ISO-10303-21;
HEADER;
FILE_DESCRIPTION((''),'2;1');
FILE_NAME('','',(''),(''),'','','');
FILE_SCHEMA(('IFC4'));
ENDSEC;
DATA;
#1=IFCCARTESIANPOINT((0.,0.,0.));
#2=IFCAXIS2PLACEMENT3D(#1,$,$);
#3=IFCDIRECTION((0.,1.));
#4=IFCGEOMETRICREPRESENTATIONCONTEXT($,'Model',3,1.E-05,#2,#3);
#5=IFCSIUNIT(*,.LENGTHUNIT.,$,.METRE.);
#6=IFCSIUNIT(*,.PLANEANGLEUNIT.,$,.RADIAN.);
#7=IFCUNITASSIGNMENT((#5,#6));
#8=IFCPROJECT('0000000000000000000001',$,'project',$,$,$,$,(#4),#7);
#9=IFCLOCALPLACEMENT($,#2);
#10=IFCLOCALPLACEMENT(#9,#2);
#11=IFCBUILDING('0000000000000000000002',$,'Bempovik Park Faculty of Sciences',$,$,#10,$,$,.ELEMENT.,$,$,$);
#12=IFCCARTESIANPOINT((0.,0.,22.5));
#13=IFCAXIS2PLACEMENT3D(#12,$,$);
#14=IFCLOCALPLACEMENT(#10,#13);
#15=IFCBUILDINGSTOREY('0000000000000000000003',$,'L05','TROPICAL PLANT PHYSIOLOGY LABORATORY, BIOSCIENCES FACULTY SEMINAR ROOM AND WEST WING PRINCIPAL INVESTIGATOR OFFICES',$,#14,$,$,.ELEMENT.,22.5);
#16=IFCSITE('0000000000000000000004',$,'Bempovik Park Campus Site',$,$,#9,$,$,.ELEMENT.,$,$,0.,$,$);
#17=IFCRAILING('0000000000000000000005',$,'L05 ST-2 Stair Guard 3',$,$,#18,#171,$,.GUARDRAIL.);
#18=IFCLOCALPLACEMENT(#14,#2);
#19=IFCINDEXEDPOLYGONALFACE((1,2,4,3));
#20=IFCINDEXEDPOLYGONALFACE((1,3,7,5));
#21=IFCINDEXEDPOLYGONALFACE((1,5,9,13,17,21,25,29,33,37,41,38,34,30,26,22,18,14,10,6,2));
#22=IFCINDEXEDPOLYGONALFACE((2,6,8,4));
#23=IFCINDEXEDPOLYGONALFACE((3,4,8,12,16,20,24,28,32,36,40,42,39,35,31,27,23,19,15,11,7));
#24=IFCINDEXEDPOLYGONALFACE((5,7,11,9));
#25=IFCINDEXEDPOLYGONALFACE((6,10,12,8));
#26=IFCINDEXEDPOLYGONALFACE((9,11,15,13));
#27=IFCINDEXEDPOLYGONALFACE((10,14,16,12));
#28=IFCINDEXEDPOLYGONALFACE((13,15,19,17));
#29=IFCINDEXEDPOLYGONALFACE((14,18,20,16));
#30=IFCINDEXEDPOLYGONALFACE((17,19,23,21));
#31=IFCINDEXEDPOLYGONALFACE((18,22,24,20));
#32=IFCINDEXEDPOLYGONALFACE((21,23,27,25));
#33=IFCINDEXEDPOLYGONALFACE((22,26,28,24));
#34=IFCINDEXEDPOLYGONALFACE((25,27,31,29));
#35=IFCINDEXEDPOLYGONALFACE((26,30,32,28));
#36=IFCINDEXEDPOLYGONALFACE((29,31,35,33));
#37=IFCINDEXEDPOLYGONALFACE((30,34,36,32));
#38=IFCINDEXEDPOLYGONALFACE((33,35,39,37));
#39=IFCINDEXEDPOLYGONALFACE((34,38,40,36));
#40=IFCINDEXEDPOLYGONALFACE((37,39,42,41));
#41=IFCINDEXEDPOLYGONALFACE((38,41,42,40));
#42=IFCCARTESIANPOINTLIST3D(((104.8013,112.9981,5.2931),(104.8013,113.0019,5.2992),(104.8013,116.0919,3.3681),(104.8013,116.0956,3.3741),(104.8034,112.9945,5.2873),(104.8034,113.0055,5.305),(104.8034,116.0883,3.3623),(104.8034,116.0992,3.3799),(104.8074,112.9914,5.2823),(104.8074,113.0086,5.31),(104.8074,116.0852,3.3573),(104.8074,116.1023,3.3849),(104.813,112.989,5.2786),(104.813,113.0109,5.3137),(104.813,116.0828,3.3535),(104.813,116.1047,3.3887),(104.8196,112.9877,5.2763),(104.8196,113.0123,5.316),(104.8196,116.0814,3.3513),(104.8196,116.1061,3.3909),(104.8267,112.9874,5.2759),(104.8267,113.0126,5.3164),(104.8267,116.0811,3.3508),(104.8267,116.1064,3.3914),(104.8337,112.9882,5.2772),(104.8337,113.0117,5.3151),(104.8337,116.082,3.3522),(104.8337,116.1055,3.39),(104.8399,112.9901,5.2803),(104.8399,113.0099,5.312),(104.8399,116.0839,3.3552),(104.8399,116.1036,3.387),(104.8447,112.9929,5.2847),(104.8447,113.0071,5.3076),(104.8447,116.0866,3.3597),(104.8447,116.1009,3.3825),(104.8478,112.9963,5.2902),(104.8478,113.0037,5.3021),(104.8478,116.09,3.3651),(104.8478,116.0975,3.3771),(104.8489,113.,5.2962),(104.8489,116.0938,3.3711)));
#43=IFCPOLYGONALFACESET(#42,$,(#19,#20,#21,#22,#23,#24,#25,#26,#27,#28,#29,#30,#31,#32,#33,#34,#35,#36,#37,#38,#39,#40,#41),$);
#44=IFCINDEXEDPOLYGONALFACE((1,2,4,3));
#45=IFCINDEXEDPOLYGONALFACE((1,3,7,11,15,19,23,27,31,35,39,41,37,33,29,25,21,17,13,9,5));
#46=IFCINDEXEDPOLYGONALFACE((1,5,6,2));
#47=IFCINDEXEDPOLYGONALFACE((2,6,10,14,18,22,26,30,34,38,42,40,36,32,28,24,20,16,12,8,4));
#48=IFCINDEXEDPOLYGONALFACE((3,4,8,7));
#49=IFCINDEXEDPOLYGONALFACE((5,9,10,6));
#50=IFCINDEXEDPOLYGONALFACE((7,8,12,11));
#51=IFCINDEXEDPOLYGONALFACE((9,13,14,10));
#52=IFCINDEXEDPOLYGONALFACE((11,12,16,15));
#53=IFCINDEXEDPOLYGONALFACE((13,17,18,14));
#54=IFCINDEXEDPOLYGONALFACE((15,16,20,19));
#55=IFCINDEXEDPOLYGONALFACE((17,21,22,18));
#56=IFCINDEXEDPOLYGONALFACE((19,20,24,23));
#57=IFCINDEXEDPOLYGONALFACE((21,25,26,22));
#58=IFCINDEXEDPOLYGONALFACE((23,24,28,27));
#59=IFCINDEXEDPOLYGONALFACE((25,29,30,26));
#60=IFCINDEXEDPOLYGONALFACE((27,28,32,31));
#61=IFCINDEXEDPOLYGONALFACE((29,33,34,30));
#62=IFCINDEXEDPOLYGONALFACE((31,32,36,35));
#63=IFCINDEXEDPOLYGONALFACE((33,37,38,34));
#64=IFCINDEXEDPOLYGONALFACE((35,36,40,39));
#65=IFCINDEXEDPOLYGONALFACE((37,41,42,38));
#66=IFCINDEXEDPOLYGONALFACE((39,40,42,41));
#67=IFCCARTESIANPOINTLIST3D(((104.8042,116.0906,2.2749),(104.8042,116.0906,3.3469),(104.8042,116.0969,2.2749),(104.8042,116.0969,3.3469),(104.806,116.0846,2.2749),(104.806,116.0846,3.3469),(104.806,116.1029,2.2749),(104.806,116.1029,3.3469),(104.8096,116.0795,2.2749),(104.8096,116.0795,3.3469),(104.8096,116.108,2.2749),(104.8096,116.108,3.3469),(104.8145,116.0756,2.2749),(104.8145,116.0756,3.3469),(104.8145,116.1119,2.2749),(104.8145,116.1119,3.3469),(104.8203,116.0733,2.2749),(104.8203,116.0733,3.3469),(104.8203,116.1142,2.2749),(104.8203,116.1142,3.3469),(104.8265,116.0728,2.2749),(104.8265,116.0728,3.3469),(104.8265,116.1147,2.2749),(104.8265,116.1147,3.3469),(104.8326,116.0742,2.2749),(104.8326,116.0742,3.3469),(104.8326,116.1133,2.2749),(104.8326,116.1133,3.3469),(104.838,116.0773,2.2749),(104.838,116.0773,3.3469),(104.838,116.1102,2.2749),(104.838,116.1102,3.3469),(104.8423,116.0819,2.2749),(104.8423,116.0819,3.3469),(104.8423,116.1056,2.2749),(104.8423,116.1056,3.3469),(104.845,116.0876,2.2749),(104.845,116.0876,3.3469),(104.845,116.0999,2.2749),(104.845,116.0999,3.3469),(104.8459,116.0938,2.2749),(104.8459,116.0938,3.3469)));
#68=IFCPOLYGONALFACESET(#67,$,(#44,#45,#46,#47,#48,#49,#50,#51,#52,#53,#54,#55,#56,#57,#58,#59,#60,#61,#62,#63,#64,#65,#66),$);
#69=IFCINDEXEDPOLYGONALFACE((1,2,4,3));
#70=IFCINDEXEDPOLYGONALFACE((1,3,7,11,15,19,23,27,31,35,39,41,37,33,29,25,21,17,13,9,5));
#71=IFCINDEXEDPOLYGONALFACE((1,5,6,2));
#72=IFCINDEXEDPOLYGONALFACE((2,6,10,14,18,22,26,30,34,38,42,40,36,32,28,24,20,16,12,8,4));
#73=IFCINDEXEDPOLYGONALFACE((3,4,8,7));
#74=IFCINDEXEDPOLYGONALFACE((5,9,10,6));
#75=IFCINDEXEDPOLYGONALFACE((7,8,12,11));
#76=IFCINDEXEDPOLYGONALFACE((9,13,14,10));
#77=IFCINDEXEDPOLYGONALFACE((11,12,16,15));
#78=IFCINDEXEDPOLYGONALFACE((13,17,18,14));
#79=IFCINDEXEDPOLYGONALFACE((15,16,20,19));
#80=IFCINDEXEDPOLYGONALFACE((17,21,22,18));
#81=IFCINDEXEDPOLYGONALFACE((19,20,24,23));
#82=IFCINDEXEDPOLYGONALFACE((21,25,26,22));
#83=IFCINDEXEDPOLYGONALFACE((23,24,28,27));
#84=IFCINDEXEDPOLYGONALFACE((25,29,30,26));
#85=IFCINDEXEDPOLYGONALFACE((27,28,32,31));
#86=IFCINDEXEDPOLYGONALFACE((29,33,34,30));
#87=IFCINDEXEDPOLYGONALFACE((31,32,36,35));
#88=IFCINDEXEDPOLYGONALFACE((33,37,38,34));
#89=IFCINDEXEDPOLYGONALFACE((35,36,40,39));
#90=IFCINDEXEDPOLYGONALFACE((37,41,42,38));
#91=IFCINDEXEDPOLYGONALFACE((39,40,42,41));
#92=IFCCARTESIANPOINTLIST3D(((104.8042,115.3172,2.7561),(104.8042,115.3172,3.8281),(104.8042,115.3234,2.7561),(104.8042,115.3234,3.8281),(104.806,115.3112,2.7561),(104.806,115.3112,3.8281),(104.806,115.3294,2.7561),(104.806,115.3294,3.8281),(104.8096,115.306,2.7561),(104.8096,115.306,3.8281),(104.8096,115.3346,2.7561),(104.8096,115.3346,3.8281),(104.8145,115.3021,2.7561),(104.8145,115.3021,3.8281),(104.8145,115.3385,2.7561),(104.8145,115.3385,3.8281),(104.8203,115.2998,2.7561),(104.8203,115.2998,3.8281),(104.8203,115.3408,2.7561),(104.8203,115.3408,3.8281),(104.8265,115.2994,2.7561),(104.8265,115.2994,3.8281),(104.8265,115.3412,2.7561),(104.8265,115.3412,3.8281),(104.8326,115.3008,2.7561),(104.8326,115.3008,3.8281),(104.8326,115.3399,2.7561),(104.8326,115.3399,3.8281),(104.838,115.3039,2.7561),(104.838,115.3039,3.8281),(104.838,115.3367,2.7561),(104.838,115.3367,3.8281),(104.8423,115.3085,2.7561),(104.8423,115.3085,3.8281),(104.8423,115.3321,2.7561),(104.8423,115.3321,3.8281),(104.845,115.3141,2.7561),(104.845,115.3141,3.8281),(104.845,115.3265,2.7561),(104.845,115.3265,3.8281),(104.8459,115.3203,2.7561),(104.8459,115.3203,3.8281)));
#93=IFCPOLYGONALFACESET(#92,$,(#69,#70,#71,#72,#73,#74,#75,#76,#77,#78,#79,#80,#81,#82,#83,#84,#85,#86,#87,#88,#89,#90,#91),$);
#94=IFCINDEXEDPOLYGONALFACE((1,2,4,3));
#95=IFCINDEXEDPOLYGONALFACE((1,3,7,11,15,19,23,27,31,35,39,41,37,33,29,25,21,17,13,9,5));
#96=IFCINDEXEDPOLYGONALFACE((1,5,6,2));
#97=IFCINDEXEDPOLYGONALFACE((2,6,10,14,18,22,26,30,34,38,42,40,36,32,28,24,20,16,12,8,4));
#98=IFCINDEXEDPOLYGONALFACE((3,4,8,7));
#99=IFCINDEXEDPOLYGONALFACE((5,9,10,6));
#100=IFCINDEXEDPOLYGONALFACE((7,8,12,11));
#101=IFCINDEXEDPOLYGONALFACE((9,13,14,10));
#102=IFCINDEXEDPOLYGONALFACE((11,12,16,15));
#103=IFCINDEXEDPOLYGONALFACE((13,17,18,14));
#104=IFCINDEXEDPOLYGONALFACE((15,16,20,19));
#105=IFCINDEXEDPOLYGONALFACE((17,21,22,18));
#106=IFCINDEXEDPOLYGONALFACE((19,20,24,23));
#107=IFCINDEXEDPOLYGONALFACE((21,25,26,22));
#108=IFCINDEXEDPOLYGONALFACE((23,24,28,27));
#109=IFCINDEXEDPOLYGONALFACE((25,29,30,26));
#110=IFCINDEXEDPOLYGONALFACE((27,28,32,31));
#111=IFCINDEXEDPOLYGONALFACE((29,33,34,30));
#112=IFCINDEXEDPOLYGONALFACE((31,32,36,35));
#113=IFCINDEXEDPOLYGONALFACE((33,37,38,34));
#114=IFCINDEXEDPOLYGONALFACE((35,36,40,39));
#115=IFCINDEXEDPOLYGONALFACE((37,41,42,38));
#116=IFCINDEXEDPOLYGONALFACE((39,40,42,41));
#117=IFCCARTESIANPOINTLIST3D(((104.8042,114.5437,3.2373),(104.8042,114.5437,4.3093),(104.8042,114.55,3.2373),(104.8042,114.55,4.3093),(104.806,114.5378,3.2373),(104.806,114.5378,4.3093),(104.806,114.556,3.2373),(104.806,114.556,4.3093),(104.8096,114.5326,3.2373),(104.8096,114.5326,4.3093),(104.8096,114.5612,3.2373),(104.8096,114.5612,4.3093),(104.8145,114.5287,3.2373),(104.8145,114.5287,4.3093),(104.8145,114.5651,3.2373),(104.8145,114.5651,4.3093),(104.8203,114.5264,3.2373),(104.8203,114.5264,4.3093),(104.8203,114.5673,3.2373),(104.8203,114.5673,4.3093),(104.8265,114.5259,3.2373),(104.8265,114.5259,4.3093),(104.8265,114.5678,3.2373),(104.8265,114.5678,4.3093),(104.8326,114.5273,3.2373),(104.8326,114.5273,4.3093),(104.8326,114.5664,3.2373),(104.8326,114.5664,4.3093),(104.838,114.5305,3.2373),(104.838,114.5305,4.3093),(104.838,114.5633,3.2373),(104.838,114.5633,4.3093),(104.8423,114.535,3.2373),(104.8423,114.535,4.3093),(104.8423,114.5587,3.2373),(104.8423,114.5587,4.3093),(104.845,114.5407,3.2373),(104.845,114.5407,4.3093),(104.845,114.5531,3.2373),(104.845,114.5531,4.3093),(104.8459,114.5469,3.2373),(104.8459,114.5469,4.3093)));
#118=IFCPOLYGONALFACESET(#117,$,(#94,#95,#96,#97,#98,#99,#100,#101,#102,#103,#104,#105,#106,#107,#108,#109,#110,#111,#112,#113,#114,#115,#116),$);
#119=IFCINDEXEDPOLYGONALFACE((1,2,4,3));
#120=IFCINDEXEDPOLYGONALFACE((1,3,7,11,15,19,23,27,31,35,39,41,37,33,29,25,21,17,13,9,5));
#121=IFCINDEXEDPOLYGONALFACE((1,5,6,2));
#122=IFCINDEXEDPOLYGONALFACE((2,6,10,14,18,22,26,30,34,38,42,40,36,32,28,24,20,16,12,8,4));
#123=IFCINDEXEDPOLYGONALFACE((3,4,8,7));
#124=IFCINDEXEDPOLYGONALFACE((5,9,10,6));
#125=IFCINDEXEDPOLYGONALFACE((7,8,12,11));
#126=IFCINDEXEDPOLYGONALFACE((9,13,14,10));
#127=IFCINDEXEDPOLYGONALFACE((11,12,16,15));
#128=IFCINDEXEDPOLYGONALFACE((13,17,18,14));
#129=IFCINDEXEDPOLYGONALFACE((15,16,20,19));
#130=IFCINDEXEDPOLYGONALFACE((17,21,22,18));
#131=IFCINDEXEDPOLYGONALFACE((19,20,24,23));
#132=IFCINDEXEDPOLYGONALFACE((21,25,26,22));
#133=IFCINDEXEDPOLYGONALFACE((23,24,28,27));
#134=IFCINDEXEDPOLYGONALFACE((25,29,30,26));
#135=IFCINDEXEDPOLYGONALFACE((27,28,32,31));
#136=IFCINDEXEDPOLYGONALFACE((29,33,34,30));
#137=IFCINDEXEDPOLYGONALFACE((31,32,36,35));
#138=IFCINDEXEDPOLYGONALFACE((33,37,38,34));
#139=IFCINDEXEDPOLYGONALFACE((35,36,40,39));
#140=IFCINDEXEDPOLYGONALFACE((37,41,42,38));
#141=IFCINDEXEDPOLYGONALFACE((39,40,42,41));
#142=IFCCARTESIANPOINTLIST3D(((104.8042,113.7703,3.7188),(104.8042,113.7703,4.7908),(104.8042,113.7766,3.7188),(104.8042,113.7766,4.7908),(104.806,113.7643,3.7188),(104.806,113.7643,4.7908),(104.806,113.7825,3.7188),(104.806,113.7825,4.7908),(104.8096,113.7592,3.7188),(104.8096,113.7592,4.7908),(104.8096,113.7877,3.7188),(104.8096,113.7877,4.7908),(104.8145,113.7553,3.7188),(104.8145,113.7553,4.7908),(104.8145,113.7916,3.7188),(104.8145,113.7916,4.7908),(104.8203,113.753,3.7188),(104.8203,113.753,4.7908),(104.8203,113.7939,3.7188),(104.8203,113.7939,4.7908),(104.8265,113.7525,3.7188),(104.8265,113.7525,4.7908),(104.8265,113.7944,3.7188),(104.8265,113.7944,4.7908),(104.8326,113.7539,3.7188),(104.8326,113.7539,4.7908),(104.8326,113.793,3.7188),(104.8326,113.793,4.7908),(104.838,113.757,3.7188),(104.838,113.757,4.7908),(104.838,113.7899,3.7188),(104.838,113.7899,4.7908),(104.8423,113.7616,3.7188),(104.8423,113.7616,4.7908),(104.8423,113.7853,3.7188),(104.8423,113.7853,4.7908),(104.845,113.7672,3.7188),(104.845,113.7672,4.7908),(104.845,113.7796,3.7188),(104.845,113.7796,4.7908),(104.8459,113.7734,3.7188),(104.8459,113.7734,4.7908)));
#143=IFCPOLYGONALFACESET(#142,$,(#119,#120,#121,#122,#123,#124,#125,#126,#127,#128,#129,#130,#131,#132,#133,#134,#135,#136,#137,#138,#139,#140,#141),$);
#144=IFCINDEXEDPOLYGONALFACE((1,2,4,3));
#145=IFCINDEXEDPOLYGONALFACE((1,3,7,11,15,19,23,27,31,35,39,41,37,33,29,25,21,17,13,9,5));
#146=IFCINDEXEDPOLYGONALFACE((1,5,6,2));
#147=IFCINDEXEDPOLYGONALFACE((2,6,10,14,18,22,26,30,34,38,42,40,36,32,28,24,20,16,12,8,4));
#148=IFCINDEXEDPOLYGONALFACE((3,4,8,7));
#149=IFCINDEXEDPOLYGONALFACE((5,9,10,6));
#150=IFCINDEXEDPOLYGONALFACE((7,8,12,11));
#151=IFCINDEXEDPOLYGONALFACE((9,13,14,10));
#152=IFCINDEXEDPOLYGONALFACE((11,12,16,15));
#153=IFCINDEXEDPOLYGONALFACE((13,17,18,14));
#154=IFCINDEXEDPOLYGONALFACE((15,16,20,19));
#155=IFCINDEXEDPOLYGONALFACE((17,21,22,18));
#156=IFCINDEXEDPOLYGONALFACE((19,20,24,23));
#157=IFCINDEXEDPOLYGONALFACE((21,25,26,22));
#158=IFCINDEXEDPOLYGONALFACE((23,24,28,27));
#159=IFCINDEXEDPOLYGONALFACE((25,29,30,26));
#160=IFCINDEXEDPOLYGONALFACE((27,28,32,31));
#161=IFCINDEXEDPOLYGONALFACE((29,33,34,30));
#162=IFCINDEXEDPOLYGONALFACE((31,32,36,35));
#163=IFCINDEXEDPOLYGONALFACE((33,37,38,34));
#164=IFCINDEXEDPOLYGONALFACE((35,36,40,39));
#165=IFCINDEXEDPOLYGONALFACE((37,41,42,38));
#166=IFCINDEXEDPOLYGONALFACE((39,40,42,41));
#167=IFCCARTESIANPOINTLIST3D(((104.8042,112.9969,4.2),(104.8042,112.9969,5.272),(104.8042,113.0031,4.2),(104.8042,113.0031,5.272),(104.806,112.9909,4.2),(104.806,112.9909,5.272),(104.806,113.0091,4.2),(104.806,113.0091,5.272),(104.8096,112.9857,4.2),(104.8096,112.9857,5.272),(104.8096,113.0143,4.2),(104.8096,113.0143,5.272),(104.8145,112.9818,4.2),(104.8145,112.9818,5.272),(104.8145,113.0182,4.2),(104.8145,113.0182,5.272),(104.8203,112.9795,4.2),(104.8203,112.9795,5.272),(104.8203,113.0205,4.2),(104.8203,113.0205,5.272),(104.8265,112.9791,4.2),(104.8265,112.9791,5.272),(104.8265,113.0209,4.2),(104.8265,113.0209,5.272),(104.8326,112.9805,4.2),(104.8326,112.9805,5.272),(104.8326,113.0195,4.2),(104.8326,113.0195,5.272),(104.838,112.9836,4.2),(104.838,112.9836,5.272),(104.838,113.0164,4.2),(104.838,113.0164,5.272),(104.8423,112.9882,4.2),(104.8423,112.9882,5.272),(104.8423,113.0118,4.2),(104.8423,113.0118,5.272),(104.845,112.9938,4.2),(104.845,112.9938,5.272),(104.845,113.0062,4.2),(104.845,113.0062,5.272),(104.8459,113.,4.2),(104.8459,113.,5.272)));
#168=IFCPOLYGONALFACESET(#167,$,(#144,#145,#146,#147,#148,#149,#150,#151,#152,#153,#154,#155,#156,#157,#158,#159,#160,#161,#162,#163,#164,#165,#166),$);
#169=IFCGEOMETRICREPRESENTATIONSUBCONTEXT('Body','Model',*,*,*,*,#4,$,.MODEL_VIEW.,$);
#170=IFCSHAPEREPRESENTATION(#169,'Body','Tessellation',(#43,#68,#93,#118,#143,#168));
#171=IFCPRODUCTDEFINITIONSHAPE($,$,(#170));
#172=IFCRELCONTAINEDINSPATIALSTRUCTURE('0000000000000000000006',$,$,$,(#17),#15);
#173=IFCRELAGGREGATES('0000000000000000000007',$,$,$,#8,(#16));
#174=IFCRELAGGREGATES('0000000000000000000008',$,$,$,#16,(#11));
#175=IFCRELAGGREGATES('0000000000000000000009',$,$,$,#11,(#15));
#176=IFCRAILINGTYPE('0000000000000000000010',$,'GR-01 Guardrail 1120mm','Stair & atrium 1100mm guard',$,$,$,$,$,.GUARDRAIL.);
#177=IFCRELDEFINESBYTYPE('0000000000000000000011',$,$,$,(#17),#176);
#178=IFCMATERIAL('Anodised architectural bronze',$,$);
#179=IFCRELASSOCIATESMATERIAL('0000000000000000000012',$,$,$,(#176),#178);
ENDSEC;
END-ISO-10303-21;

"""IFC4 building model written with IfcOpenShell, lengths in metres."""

from ifc_helpers import new_model, si_unit, direction, frame, origin, origin_2d, place, context, subcontext, project, spatial, circle, extrude, material, type_object, element, save


model = new_model("IFC4")

# Units and contexts
model_context = context("Model", 3, precision=1e-05, world=origin(), true_north=direction((0.0, 1.0)))
body_context = subcontext(model_context, "Body", "Model", "MODEL_VIEW")
ifc_project = project(units=[si_unit("LENGTHUNIT", "METRE"), si_unit("PLANEANGLEUNIT", "RADIAN")], contexts=[model_context])

# Site, building, storey
site_placement = place(None, origin())
site = spatial("IfcSite", under=ifc_project, at=site_placement, Name="Bempovik Park Campus Site", CompositionType="ELEMENT", RefElevation=0.0)
building_placement = place(site_placement, origin())
building = spatial("IfcBuilding", under=site, at=building_placement, Name="Bempovik Park Faculty of Sciences", CompositionType="ELEMENT")
storey_placement = place(building_placement, frame((0.0, 0.0, 22.5)))
storey = spatial("IfcBuildingStorey", under=building, at=storey_placement, Name="L05", Description="TROPICAL PLANT PHYSIOLOGY LABORATORY, BIOSCIENCES FACULTY SEMINAR ROOM AND WEST WING PRINCIPAL INVESTIGATOR OFFICES", CompositionType="ELEMENT", Elevation=22.5)

# Railing
ifc_material_1 = material(Name="Anodised architectural bronze")
railing_type_1 = type_object("IfcRailingType", Name="GR-01 Guardrail 1120mm", Description="Stair & atrium 1100mm guard", PredefinedType="GUARDRAIL", material=ifc_material_1)
railing_1_placement = place(storey_placement, frame((104.825, 116.0938, 2.2749)))
element("IfcRailing", 1, at=railing_1_placement, inside=storey, type_object=railing_type_1, Name="L05 ST-2 Stair Guard 3", PredefinedType="GUARDRAIL", context=body_context, shape_type="SweptSolid", body=[
    extrude(circle(Radius=0.0239, at=origin_2d()), frame((0.0, 0.0, 1.0962), z_axis=(0.0, -0.849051, 0.528312), x_axis=(1.0, 0.0, 0.0)), (0.0, 0.0, 1.0), 3.6438),
    extrude(circle(Radius=0.021, at=origin_2d()), origin(), (0.0, 0.0, 1.0), 1.072),
    extrude(circle(Radius=0.021, at=origin_2d()), frame((0.0, -0.7734, 0.4812)), (0.0, 0.0, 1.0), 1.072),
    extrude(circle(Radius=0.021, at=origin_2d()), frame((0.0, -1.5469, 0.9624)), (0.0, 0.0, 1.0), 1.072),
    extrude(circle(Radius=0.021, at=origin_2d()), frame((0.0, -2.3203, 1.4438)), (0.0, 0.0, 1.0), 1.072),
    extrude(circle(Radius=0.021, at=origin_2d()), frame((0.0, -3.0938, 1.925)), (0.0, 0.0, 1.0), 1.072),
])

save(model, "model.ifc")
